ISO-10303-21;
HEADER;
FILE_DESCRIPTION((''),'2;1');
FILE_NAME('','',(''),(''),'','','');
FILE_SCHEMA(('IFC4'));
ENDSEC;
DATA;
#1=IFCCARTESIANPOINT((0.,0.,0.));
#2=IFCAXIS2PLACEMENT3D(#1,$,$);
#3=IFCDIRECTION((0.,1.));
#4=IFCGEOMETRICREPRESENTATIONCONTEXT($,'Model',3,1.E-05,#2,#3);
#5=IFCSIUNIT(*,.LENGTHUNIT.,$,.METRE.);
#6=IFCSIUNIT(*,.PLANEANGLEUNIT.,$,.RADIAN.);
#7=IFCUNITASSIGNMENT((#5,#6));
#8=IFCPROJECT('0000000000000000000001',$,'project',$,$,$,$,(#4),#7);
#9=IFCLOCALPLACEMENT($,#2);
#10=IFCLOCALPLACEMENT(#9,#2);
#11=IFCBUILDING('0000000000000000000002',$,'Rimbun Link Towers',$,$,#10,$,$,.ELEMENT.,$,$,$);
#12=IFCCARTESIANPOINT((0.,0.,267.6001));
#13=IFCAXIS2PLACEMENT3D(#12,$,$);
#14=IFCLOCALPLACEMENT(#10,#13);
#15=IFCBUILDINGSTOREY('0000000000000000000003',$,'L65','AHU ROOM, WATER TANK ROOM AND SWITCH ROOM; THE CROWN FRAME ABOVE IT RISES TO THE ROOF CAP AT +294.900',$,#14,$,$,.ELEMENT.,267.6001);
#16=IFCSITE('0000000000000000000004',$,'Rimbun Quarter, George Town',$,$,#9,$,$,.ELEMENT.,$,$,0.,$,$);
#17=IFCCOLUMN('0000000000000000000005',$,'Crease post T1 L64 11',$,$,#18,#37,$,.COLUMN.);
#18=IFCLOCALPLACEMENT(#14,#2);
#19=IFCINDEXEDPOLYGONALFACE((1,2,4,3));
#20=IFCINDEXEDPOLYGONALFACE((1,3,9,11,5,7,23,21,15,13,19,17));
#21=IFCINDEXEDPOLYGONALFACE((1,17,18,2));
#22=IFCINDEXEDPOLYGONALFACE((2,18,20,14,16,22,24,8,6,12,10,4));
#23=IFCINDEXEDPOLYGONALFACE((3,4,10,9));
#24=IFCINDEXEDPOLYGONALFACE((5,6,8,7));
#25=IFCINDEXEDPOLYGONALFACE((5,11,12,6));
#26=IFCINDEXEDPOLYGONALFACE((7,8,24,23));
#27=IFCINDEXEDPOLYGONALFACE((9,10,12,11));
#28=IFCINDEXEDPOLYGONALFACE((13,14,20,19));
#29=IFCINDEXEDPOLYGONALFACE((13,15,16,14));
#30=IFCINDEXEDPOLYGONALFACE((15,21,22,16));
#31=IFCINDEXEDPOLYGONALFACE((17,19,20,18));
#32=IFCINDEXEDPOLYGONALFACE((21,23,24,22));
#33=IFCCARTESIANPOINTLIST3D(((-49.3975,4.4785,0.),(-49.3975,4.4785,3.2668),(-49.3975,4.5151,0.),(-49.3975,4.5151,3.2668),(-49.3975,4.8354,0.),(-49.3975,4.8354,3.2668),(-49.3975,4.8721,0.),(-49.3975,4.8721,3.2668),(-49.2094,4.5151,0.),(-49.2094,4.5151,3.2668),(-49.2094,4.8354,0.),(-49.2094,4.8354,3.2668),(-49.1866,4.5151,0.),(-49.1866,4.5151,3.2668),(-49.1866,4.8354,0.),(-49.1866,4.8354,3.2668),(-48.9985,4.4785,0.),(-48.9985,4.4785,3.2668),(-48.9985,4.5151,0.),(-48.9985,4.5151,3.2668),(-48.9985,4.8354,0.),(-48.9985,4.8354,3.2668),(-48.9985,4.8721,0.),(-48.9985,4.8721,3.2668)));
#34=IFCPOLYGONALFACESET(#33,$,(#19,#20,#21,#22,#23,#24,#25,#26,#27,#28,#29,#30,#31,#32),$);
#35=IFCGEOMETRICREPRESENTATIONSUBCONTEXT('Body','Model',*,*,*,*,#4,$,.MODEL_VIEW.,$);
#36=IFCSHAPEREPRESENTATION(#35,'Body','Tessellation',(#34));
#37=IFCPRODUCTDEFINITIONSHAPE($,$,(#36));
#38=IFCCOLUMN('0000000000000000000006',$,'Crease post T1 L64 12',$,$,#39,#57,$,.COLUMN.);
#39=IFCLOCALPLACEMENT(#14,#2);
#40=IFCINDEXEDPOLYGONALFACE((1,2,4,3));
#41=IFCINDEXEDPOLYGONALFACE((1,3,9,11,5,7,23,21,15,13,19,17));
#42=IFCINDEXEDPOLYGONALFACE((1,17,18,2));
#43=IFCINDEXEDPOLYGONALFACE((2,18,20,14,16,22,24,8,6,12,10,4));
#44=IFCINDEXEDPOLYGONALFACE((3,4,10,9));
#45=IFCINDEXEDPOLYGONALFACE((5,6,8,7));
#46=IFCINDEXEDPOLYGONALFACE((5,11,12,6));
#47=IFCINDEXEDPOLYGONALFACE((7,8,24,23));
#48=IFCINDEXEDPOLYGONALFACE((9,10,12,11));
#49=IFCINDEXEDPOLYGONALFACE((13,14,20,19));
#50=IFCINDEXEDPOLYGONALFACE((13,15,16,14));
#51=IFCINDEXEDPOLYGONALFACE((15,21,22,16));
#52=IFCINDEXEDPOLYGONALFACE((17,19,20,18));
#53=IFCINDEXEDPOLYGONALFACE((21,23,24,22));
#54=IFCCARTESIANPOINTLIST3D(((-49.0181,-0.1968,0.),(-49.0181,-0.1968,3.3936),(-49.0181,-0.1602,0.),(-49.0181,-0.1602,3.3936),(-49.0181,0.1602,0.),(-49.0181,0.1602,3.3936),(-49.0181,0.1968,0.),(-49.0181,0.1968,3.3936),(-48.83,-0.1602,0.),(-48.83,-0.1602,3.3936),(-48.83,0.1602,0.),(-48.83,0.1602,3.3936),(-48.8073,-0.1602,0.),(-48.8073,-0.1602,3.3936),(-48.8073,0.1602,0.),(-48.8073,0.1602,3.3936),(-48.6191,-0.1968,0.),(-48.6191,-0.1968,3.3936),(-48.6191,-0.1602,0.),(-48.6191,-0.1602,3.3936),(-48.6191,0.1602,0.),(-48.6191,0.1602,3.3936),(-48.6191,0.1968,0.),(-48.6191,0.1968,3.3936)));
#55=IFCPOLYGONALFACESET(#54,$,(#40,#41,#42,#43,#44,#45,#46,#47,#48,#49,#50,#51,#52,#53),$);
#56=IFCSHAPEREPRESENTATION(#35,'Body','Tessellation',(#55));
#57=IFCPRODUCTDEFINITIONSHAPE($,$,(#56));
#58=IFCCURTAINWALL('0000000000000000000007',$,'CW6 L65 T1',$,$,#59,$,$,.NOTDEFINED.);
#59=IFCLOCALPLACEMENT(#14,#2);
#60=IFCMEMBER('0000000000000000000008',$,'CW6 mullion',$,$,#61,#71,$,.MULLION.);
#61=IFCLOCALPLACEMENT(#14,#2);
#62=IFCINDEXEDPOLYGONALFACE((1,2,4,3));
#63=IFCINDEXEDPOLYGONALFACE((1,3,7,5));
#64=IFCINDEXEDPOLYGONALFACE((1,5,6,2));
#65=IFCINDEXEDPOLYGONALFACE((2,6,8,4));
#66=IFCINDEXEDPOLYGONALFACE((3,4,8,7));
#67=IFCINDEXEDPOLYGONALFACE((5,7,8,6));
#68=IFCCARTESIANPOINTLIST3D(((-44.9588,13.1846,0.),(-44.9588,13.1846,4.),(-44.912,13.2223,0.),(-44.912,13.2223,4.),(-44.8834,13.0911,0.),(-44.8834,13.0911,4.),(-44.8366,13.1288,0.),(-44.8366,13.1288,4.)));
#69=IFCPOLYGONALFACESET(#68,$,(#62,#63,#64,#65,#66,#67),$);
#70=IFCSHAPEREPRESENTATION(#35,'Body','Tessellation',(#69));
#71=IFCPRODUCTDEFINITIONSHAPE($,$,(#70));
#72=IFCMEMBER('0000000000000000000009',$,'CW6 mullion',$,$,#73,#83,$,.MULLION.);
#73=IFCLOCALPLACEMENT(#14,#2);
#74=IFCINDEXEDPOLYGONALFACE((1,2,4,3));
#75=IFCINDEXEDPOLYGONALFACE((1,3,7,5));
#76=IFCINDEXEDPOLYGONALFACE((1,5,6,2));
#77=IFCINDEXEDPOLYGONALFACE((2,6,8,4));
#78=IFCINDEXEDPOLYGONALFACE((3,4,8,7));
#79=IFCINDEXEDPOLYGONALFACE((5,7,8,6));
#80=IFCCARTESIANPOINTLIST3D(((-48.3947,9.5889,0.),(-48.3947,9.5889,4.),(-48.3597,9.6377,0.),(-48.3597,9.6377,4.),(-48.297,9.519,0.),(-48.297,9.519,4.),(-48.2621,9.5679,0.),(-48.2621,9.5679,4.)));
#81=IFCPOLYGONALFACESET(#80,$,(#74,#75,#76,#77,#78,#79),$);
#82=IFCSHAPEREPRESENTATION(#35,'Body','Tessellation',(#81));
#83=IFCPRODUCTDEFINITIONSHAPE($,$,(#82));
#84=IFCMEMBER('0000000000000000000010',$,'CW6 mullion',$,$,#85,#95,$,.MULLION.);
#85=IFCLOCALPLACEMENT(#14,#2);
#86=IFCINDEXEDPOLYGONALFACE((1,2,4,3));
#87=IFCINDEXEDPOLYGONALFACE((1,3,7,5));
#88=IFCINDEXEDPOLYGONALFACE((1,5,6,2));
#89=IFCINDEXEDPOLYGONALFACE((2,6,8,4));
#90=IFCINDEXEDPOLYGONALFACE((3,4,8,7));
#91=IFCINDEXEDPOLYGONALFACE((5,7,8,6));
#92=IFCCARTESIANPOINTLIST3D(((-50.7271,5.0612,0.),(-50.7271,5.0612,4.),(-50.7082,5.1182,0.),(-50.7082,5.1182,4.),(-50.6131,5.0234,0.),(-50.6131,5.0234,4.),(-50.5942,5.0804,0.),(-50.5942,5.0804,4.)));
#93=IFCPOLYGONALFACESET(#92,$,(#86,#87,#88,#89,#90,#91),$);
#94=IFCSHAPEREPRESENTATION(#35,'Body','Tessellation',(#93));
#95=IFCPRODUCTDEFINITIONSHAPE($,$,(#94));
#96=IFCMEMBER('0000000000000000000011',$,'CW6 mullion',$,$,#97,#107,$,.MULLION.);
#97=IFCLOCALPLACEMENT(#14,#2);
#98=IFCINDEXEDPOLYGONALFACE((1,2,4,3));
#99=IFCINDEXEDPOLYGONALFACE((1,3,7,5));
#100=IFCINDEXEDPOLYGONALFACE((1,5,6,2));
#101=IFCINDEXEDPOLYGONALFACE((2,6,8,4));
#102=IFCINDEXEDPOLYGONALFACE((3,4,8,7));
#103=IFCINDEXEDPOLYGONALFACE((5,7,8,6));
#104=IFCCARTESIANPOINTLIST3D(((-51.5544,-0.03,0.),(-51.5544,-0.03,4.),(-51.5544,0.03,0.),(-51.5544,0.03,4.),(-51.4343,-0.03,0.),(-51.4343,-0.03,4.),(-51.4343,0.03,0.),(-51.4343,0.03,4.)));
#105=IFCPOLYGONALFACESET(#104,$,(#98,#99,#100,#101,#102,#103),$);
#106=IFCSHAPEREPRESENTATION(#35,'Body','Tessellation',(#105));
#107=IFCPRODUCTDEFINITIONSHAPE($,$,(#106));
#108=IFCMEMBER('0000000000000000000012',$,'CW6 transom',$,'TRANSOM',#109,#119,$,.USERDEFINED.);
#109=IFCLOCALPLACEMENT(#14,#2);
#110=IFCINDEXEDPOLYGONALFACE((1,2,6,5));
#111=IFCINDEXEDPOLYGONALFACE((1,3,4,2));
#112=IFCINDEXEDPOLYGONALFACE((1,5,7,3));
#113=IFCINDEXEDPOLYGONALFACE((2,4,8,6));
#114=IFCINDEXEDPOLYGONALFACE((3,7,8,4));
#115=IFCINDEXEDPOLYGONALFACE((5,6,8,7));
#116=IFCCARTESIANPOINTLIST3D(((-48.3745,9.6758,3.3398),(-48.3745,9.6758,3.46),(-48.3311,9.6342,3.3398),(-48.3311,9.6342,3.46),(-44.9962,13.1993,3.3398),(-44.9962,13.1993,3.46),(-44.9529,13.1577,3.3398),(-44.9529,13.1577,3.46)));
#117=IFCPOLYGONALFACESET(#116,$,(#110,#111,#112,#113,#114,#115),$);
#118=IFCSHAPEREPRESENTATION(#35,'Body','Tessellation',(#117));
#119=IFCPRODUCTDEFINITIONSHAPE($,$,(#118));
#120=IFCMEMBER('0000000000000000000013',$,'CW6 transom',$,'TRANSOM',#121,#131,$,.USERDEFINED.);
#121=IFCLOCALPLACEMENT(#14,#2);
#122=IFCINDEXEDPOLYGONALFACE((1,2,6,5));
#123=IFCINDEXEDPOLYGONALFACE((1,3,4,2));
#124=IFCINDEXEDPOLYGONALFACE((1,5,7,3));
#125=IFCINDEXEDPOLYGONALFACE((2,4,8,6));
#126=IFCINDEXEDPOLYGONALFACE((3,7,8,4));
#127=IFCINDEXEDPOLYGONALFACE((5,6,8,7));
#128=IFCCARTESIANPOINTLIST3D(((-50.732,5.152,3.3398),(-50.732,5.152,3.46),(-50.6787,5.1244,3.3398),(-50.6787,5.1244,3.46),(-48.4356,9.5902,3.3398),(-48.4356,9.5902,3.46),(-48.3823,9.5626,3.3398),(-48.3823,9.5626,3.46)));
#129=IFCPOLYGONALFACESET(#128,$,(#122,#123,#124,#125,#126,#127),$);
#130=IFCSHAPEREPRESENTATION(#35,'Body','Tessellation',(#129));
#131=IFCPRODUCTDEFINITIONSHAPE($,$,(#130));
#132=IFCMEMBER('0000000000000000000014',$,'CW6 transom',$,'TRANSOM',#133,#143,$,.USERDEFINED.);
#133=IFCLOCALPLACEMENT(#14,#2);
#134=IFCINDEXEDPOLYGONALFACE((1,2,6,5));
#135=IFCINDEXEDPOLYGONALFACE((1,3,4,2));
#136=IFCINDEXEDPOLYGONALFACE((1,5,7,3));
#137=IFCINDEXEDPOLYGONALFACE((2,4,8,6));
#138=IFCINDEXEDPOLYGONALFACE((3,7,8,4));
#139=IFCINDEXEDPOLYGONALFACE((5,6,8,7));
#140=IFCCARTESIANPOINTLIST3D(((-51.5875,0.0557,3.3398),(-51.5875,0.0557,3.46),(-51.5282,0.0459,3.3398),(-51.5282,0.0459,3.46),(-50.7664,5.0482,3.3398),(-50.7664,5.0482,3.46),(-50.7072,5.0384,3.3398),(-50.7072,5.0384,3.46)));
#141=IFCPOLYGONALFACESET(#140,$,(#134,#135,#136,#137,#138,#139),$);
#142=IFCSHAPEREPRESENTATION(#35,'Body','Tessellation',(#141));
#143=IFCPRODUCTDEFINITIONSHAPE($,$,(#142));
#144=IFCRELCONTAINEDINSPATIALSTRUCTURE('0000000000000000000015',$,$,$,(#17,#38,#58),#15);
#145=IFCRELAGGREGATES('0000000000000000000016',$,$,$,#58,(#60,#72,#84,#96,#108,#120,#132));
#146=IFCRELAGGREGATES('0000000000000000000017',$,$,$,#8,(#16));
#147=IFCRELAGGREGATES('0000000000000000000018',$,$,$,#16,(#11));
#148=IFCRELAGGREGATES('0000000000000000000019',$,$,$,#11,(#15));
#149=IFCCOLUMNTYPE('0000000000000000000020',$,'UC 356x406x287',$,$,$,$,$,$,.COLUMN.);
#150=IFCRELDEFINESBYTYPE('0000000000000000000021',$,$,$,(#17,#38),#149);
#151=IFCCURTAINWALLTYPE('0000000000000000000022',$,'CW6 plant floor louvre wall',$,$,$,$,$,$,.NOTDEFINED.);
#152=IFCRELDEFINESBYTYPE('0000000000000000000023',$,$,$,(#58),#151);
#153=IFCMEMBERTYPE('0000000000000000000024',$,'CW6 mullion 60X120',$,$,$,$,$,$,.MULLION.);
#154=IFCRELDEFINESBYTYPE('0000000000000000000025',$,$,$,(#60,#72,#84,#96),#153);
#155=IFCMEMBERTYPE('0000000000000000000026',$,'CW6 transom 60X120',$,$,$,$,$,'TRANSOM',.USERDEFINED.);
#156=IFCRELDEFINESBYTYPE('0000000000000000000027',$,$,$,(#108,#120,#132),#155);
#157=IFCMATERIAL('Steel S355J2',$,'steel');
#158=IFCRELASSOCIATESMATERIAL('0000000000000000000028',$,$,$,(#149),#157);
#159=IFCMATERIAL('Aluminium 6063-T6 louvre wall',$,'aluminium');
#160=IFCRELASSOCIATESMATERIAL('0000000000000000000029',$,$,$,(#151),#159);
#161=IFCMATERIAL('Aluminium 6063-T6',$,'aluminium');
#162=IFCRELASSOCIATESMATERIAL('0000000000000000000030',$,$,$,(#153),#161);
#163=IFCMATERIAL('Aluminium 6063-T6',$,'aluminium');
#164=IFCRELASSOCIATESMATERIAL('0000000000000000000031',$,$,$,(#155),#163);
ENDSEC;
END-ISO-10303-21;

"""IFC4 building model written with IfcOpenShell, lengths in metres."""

from ifc_helpers import new_model, si_unit, direction, frame, origin, origin_2d, place, context, subcontext, project, spatial, rectangle, i_section, extrude, material, material_profile, profile_set, type_object, element, aggregate, save


model = new_model("IFC4")

# Units and contexts
model_context = context("Model", 3, precision=1e-05, world=origin(), true_north=direction((0.0, 1.0)))
body_context = subcontext(model_context, "Body", "Model", "MODEL_VIEW")
ifc_project = project(units=[si_unit("LENGTHUNIT", "METRE"), si_unit("PLANEANGLEUNIT", "RADIAN")], contexts=[model_context])

# Site, building, storey
site_placement = place(None, origin())
site = spatial("IfcSite", under=ifc_project, at=site_placement, Name="Rimbun Quarter, George Town", CompositionType="ELEMENT", RefElevation=0.0)
building_placement = place(site_placement, origin())
building = spatial("IfcBuilding", under=site, at=building_placement, Name="Rimbun Link Towers", CompositionType="ELEMENT")
storey_placement = place(building_placement, frame((0.0, 0.0, 267.6001)))
storey = spatial("IfcBuildingStorey", under=building, at=storey_placement, Name="L65", Description="AHU ROOM, WATER TANK ROOM AND SWITCH ROOM; THE CROWN FRAME ABOVE IT RISES TO THE ROOF CAP AT +294.900", CompositionType="ELEMENT", Elevation=267.6001)

# Columns
ifc_material_1 = material(Name="Steel S355J2", Category="steel")
ifc_material_profile_1 = material_profile(ifc_material_1, i_section(OverallWidth=0.3989, OverallDepth=0.3936, WebThickness=0.0227, FlangeThickness=0.0366, at=origin_2d()), Name="UC 356x406x287")
ifc_profile_set_1 = profile_set([ifc_material_profile_1], Name="Steel S355J2")
column_type = type_object("IfcColumnType", Name="UC 356x406x287", PredefinedType="COLUMN", material=ifc_profile_set_1)
column_1_placement = place(storey_placement, frame((-49.198, 4.6753, 0.0), z_axis=(0.0, 0.0, 1.0), x_axis=(1.0, 0.0, 0.0)))
element("IfcColumn", 1, at=column_1_placement, inside=storey, type_object=column_type, Name="Crease post T1 L64 11", PredefinedType="COLUMN", context=body_context, shape_type="SweptSolid", body=[
    extrude(i_section(OverallWidth=0.3989, OverallDepth=0.3936, WebThickness=0.0227, FlangeThickness=0.0366, at=origin_2d()), origin(), (0.0, 0.0, 1.0), 3.2668),
])
column_2_placement = place(storey_placement, frame((-48.8186, 0.0, 0.0), z_axis=(0.0, 0.0, 1.0), x_axis=(1.0, 0.0, 0.0)))
element("IfcColumn", 2, at=column_2_placement, inside=storey, type_object=column_type, Name="Crease post T1 L64 12", PredefinedType="COLUMN", context=body_context, shape_type="SweptSolid", body=[
    extrude(i_section(OverallWidth=0.3989, OverallDepth=0.3936, WebThickness=0.0227, FlangeThickness=0.0366, at=origin_2d()), origin(), (0.0, 0.0, 1.0), 3.3936),
])

# Curtain wall, members
ifc_material_2 = material(Name="Aluminium 6063-T6 louvre wall", Category="aluminium")
curtain_wall_type = type_object("IfcCurtainWallType", Name="CW6 plant floor louvre wall", PredefinedType="NOTDEFINED", material=ifc_material_2)
curtain_wall_placement = place(storey_placement, origin())
curtain_wall = element("IfcCurtainWall", 3, at=curtain_wall_placement, inside=storey, type_object=curtain_wall_type, Name="CW6 L65 T1", PredefinedType="NOTDEFINED")
ifc_material_3 = material(Name="Aluminium 6063-T6", Category="aluminium")
ifc_material_profile_2 = material_profile(ifc_material_3, rectangle(XDim=0.1201, YDim=0.0601, at=origin_2d()), Name="MULLION 60X120")
ifc_profile_set_2 = profile_set([ifc_material_profile_2], Name="Aluminium 6063-T6")
member_type_1 = type_object("IfcMemberType", Name="CW6 mullion 60X120", PredefinedType="MULLION", material=ifc_profile_set_2)
member_1_placement = place(storey_placement, frame((-44.8977, 13.1567, 0.0), z_axis=(0.0, 0.0, 1.0), x_axis=(-0.627674, 0.778476, 0.0)))
member_1 = element("IfcMember", 4, at=member_1_placement, type_object=member_type_1, Name="CW6 mullion", PredefinedType="MULLION", context=body_context, shape_type="SweptSolid", body=[
    extrude(rectangle(XDim=0.1201, YDim=0.0601, at=origin_2d()), origin(), (0.0, 0.0, 1.0), 4.0),
])
member_2_placement = place(storey_placement, frame((-48.3284, 9.5784, 0.0), z_axis=(0.0, 0.0, 1.0), x_axis=(-0.813347, 0.581779, 0.0)))
member_2 = element("IfcMember", 5, at=member_2_placement, type_object=member_type_1, Name="CW6 mullion", PredefinedType="MULLION", context=body_context, shape_type="SweptSolid", body=[
    extrude(rectangle(XDim=0.1201, YDim=0.0601, at=origin_2d()), origin(), (0.0, 0.0, 1.0), 4.0),
])
member_3_placement = place(storey_placement, frame((-50.6606, 5.0708, 0.0), z_axis=(0.0, 0.0, 1.0), x_axis=(-0.949161, 0.314792, 0.0)))
member_3 = element("IfcMember", 6, at=member_3_placement, type_object=member_type_1, Name="CW6 mullion", PredefinedType="MULLION", context=body_context, shape_type="SweptSolid", body=[
    extrude(rectangle(XDim=0.1201, YDim=0.0601, at=origin_2d()), origin(), (0.0, 0.0, 1.0), 4.0),
])
member_4_placement = place(storey_placement, frame((-51.4944, 0.0, 0.0), z_axis=(0.0, 0.0, 1.0), x_axis=(-1.0, 0.0, 0.0)))
member_4 = element("IfcMember", 7, at=member_4_placement, type_object=member_type_1, Name="CW6 mullion", PredefinedType="MULLION", context=body_context, shape_type="SweptSolid", body=[
    extrude(rectangle(XDim=0.1201, YDim=0.0601, at=origin_2d()), origin(), (0.0, 0.0, 1.0), 4.0),
])
ifc_material_4 = material(Name="Aluminium 6063-T6", Category="aluminium")
ifc_material_profile_3 = material_profile(ifc_material_4, rectangle(XDim=0.0601, YDim=0.1201, at=origin_2d()), Name="TRANSOM 60X120")
ifc_profile_set_3 = profile_set([ifc_material_profile_3], Name="Aluminium 6063-T6")
member_type_2 = type_object("IfcMemberType", Name="CW6 transom 60X120", ElementType="TRANSOM", PredefinedType="USERDEFINED", material=ifc_profile_set_3)
member_5_placement = place(storey_placement, frame((-48.3528, 9.655, 3.3999), z_axis=(0.69207, 0.72183, 0.0), x_axis=(-0.72183, 0.69207, 0.0)))
member_5 = element("IfcMember", 8, at=member_5_placement, type_object=member_type_2, Name="CW6 transom", ObjectType="TRANSOM", PredefinedType="USERDEFINED", context=body_context, shape_type="SweptSolid", body=[
    extrude(rectangle(XDim=0.0601, YDim=0.1201, at=origin_2d()), origin(), (0.0, 0.0, 1.0), 4.8813),
])
member_6_placement = place(storey_placement, frame((-50.7053, 5.1382, 3.3999), z_axis=(0.459541, 0.888156, 0.0), x_axis=(-0.888156, 0.459541, 0.0)))
member_6 = element("IfcMember", 9, at=member_6_placement, type_object=member_type_2, Name="CW6 transom", ObjectType="TRANSOM", PredefinedType="USERDEFINED", context=body_context, shape_type="SweptSolid", body=[
    extrude(rectangle(XDim=0.0601, YDim=0.1201, at=origin_2d()), origin(), (0.0, 0.0, 1.0), 4.9971),
])
member_7_placement = place(storey_placement, frame((-51.5579, 0.0508, 3.3999), z_axis=(0.162278, 0.986745, 0.0), x_axis=(-0.986745, 0.162278, 0.0)))
member_7 = element("IfcMember", 10, at=member_7_placement, type_object=member_type_2, Name="CW6 transom", ObjectType="TRANSOM", PredefinedType="USERDEFINED", context=body_context, shape_type="SweptSolid", body=[
    extrude(rectangle(XDim=0.0601, YDim=0.1201, at=origin_2d()), origin(), (0.0, 0.0, 1.0), 5.0596),
])

aggregate(curtain_wall, [member_1, member_2, member_3, member_4, member_5, member_6, member_7])

save(model, "model.ifc")
